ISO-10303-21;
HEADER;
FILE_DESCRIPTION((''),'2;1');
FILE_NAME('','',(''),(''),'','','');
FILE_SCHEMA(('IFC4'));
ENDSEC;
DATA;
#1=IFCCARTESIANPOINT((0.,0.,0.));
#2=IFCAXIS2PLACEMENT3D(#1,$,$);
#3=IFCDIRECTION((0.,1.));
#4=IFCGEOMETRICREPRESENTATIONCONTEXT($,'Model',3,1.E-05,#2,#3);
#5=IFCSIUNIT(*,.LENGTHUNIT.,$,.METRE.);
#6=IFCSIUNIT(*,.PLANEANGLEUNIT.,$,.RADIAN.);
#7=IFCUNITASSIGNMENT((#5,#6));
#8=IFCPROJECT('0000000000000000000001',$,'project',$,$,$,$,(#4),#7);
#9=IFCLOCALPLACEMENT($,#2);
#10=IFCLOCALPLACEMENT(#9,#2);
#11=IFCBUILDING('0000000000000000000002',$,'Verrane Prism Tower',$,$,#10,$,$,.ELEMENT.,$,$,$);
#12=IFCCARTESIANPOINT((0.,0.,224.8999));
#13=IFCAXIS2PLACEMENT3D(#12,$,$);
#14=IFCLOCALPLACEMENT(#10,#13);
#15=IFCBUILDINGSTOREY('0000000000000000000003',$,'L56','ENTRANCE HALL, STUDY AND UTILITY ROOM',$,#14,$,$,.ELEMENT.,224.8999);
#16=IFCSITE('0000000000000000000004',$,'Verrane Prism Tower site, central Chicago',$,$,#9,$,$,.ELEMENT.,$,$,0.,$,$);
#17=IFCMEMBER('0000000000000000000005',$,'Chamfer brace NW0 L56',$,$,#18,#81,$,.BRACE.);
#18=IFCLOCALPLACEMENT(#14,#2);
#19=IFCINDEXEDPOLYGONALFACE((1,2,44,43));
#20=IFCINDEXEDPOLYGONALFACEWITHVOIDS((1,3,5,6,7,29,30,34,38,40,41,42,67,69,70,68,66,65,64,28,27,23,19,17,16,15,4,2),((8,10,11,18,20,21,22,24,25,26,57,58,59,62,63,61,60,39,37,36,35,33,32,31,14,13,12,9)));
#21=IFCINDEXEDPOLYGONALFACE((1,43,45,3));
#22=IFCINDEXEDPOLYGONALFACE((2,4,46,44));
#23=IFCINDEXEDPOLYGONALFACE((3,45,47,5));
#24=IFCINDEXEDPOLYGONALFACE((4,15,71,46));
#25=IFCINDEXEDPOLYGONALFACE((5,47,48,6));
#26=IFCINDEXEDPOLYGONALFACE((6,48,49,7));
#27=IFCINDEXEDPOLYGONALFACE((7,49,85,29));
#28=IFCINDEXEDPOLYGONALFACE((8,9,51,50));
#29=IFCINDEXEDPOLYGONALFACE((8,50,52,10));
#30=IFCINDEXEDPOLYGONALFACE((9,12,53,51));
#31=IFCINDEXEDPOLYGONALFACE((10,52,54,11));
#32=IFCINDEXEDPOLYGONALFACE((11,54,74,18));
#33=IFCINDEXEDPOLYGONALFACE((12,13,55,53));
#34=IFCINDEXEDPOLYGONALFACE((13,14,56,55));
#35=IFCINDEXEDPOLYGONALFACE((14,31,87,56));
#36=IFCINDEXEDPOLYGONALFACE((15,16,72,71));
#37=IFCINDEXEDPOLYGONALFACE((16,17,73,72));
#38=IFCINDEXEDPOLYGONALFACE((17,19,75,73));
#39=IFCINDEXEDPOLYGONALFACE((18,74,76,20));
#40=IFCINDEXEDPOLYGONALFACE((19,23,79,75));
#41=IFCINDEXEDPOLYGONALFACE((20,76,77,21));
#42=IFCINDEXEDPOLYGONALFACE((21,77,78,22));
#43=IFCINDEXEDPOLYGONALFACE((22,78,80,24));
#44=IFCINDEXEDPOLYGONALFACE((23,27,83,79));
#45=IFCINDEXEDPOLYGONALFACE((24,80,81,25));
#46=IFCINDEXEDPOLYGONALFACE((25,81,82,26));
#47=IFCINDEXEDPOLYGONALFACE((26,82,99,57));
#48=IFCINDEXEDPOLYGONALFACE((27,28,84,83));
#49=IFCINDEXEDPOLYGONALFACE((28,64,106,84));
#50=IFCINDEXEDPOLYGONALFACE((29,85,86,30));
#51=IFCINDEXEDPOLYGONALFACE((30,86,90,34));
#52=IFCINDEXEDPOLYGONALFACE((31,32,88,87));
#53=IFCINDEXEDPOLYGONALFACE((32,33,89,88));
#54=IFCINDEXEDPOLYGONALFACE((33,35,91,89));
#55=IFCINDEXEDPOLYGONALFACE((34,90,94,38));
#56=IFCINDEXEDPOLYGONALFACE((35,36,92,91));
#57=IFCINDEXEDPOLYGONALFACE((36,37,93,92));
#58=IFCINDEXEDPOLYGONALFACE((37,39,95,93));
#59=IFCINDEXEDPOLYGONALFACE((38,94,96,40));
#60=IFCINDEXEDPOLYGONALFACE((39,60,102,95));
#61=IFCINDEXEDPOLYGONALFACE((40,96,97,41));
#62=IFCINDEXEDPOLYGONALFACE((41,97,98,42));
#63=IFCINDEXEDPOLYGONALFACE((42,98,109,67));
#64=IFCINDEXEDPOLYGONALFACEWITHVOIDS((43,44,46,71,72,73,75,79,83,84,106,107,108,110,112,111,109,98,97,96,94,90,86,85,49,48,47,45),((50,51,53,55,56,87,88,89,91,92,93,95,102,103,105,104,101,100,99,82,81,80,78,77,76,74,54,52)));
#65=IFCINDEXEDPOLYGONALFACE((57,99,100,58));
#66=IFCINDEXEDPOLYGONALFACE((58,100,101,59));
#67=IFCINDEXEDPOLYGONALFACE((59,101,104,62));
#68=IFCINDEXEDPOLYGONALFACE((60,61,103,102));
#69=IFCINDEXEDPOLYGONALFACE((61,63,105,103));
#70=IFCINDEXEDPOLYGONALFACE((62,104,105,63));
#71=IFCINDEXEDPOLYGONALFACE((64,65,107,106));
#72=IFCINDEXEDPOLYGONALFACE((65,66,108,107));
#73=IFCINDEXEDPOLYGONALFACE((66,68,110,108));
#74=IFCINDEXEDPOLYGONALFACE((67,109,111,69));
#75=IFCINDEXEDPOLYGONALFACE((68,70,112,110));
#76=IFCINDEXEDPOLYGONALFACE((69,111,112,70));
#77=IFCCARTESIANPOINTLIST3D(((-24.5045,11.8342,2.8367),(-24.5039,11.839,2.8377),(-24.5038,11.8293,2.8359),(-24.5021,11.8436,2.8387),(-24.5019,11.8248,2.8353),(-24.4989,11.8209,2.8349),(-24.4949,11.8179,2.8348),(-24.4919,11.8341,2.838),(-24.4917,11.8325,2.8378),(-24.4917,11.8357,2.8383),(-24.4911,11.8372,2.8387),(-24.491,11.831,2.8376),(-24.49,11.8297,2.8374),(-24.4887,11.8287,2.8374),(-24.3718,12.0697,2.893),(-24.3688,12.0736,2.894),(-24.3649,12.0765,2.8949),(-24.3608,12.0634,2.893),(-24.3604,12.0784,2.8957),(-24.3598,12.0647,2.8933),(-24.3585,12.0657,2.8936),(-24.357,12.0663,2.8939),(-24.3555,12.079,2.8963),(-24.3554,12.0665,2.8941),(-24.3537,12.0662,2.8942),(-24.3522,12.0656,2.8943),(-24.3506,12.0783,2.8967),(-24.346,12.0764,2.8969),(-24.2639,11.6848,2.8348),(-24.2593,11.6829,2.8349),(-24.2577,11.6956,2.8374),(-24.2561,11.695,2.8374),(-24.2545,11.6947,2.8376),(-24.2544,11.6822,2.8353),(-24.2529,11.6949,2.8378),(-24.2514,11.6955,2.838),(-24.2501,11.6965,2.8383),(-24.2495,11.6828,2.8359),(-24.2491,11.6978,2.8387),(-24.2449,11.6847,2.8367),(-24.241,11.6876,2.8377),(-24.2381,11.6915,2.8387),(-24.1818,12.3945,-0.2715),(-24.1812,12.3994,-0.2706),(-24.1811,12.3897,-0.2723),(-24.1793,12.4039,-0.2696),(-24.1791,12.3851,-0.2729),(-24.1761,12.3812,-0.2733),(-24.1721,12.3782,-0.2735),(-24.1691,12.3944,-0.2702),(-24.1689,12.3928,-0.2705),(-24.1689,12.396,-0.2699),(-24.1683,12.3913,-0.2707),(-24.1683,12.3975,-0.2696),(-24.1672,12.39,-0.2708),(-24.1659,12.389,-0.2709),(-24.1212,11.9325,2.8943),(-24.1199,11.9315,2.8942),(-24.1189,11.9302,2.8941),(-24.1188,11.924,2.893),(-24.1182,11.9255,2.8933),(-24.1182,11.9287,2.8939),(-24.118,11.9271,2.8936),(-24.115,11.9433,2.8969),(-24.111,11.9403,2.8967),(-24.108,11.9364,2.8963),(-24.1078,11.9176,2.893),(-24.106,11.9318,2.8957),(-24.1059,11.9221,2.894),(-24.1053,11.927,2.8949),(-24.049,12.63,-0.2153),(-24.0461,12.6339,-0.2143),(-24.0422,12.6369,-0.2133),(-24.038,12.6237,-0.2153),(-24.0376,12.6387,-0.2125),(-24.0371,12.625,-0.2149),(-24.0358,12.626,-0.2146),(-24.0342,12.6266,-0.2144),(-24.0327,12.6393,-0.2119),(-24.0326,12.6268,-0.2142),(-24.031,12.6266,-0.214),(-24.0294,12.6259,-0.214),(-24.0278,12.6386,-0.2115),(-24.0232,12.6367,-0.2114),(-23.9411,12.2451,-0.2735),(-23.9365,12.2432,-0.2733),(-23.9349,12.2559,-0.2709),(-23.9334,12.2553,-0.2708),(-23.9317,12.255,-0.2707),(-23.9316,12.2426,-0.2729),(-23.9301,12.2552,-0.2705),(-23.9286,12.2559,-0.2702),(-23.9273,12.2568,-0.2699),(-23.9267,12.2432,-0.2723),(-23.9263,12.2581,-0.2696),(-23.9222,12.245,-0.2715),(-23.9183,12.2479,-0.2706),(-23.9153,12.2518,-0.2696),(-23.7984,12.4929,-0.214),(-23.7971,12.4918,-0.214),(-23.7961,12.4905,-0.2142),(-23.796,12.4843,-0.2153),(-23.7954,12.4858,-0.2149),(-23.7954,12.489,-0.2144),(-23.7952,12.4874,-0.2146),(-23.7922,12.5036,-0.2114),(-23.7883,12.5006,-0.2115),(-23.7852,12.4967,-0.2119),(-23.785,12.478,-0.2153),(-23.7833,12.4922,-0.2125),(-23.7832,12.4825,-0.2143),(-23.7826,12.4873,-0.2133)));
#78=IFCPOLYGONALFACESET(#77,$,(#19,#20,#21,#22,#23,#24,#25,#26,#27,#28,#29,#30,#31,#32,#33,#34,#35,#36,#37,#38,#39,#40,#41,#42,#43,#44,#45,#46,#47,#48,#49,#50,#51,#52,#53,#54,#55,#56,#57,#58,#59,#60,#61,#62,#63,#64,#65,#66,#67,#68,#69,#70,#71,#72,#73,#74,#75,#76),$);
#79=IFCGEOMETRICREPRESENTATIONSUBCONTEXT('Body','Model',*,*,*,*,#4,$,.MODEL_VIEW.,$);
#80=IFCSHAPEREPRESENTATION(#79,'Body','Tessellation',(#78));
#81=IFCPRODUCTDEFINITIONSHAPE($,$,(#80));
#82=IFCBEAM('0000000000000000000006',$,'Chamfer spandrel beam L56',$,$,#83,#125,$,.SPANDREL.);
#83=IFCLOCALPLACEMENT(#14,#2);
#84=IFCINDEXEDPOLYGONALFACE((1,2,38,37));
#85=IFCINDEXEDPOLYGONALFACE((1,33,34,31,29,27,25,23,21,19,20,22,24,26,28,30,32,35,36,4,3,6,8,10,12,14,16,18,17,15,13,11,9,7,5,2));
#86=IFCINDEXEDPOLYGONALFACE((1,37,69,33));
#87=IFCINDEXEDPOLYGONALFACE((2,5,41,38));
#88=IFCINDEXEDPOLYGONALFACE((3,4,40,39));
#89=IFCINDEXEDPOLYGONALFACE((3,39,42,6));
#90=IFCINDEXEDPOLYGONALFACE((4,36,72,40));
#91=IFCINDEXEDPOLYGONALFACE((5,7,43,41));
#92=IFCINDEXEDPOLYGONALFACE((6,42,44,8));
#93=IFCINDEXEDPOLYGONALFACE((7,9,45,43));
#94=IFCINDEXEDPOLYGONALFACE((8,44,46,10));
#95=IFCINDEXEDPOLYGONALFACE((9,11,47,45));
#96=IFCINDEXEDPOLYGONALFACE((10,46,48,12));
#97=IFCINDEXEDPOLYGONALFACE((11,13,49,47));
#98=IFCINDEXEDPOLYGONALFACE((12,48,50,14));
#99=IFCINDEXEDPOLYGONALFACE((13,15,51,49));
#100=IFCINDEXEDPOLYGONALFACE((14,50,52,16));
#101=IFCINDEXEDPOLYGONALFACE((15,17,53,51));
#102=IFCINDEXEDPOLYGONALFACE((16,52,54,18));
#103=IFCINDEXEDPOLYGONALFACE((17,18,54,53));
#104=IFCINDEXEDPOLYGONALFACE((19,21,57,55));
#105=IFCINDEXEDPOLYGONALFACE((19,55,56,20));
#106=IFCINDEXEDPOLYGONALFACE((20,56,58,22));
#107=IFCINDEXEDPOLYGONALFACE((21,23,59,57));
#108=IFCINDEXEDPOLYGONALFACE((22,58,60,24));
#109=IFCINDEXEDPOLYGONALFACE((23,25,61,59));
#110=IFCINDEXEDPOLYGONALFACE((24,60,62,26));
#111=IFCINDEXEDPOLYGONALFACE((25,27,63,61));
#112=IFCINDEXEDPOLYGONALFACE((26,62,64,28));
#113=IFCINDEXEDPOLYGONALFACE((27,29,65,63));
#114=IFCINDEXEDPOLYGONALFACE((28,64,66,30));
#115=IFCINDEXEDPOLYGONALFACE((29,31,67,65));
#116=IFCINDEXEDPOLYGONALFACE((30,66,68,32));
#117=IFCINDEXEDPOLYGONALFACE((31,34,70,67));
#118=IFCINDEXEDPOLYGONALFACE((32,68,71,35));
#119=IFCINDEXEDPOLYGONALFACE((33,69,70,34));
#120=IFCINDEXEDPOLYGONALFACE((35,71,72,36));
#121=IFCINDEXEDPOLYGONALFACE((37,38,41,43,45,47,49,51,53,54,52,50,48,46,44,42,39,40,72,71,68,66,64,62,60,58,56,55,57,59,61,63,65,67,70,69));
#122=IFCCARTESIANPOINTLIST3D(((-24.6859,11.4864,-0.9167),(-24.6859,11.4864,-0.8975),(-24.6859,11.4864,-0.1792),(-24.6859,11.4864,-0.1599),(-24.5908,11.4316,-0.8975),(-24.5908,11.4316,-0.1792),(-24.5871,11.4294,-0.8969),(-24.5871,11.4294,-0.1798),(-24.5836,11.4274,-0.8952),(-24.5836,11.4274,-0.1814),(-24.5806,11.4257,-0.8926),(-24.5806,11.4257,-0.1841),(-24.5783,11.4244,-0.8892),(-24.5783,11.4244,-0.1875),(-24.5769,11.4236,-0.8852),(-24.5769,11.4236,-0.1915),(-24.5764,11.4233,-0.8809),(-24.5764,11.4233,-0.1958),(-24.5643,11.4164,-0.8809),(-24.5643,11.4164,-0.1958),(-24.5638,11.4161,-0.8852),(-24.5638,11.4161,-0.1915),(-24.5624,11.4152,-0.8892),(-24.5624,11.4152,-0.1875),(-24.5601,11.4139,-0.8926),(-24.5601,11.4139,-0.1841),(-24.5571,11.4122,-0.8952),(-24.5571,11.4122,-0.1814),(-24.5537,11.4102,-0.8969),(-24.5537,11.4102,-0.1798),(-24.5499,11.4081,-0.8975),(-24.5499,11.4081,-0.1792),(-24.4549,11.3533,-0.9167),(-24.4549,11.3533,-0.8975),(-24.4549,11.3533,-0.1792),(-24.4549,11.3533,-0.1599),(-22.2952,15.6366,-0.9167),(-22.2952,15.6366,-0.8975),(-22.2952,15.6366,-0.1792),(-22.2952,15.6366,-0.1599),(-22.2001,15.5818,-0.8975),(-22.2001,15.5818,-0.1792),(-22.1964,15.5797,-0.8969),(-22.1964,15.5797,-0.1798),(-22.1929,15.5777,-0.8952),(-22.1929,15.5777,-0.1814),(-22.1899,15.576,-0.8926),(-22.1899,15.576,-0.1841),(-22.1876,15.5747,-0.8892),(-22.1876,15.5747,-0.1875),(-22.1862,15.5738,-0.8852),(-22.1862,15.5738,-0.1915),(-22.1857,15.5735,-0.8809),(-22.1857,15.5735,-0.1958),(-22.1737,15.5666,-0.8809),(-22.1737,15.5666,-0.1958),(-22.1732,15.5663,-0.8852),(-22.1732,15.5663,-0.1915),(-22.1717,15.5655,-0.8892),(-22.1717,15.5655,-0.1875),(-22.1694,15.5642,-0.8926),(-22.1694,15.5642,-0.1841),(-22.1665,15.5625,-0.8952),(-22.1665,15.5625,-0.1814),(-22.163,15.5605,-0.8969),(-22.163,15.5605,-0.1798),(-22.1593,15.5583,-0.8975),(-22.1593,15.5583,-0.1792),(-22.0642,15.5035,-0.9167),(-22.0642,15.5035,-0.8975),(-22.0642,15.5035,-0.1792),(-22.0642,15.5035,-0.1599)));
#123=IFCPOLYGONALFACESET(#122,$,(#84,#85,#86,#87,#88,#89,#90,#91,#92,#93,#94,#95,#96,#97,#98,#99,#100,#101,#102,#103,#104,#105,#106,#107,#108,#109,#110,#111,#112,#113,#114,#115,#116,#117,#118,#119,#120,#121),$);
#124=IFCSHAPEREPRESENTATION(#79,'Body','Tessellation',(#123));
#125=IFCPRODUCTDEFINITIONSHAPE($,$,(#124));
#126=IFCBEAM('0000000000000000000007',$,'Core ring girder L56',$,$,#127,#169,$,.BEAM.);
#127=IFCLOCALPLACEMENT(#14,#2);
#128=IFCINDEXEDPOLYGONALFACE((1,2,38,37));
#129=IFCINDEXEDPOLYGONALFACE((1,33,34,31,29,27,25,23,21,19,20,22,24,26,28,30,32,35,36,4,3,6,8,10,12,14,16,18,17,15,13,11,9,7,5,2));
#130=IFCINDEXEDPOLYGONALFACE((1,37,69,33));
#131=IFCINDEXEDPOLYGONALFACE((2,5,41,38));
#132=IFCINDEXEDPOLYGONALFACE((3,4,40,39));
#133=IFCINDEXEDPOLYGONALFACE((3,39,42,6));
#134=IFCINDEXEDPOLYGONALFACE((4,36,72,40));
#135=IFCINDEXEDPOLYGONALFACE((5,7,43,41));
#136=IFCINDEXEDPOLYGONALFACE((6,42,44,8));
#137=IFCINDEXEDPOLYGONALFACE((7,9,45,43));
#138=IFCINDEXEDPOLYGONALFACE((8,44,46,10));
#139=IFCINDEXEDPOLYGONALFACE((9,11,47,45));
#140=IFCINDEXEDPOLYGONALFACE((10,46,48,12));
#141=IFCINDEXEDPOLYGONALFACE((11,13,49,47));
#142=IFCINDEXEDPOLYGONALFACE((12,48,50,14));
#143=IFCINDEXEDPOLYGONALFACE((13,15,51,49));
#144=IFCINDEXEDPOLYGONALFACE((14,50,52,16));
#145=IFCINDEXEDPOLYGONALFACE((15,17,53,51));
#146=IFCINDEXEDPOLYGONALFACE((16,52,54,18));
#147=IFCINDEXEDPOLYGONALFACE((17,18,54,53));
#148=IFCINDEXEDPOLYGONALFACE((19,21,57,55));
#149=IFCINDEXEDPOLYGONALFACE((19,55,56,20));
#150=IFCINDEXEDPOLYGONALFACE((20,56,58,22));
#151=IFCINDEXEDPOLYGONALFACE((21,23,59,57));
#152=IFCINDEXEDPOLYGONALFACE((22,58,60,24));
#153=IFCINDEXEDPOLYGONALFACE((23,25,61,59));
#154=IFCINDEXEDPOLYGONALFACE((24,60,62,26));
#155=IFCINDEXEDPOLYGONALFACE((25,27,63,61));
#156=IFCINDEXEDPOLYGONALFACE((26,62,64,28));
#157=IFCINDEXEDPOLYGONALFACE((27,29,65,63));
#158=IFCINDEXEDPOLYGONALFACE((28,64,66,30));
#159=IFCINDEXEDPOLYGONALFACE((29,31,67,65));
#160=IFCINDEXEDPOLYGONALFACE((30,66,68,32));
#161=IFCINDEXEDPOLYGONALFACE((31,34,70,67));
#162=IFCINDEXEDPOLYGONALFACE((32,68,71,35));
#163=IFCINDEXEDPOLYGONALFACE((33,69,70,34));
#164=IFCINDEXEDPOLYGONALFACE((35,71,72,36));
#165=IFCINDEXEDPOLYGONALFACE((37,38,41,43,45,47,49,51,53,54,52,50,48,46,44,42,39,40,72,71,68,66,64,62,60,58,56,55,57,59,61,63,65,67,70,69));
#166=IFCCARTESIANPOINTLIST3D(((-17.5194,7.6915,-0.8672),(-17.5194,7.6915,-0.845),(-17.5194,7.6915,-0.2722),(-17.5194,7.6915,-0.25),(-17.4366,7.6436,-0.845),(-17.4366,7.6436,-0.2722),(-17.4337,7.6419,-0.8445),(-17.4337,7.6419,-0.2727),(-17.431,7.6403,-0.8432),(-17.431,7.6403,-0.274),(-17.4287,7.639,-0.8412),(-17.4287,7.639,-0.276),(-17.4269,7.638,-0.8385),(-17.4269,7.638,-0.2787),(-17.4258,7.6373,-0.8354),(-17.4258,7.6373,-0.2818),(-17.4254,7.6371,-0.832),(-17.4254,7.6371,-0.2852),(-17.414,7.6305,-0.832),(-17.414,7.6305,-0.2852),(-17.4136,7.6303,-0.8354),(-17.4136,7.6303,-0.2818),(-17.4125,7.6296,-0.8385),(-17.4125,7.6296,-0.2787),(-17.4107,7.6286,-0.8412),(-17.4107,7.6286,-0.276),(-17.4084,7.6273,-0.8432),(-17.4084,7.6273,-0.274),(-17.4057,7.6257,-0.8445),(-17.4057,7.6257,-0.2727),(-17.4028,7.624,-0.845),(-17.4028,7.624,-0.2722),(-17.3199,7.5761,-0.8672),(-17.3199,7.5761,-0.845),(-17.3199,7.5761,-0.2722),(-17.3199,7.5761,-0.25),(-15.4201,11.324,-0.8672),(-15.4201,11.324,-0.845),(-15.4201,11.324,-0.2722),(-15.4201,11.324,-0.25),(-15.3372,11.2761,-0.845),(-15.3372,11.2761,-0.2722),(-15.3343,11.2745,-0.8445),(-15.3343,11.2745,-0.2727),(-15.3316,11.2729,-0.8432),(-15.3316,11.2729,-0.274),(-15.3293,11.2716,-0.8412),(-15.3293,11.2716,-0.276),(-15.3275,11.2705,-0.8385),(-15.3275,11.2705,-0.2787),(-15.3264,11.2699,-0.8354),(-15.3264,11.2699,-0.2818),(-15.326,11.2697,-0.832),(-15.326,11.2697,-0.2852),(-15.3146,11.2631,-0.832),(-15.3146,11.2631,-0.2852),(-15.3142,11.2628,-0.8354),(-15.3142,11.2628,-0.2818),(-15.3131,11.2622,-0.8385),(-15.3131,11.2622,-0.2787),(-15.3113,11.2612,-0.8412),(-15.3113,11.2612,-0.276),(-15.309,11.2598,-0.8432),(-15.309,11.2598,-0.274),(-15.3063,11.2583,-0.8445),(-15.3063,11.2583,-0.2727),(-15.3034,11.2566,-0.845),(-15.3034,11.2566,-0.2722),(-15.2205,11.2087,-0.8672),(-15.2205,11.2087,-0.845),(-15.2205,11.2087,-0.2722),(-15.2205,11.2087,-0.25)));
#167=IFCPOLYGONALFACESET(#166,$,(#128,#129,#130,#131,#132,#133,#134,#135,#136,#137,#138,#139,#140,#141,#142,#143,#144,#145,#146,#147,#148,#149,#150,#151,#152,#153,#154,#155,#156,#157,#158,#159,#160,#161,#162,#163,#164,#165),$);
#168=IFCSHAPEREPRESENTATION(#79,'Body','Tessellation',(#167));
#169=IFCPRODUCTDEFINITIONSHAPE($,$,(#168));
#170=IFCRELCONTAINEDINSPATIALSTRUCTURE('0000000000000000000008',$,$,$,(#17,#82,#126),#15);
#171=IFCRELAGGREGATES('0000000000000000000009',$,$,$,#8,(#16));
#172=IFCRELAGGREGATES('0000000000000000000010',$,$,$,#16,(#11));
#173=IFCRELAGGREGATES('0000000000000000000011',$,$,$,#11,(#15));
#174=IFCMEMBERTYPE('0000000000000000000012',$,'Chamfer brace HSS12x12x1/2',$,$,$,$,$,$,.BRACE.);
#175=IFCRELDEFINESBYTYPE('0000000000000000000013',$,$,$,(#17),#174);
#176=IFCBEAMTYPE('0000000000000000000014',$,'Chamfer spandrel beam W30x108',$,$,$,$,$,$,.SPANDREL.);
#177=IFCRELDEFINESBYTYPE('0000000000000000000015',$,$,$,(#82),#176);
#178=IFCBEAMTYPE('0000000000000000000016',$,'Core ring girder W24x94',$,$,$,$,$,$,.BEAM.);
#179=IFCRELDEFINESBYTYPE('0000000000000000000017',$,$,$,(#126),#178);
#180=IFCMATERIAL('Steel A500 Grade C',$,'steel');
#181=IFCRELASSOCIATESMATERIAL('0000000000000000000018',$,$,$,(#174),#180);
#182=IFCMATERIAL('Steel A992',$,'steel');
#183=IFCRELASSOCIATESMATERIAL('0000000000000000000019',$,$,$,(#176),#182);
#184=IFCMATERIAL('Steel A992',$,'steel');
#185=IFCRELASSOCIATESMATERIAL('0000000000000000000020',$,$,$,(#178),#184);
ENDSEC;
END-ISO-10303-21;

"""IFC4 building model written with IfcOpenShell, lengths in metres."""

from ifc_helpers import new_model, si_unit, direction, frame, origin, origin_2d, place, context, subcontext, project, spatial, hollow_rectangle, i_section, extrude, material, material_profile, profile_set, type_object, element, save


model = new_model("IFC4")

# Units and contexts
model_context = context("Model", 3, precision=1e-05, world=origin(), true_north=direction((0.0, 1.0)))
body_context = subcontext(model_context, "Body", "Model", "MODEL_VIEW")
ifc_project = project(units=[si_unit("LENGTHUNIT", "METRE"), si_unit("PLANEANGLEUNIT", "RADIAN")], contexts=[model_context])

# Site, building, storey
site_placement = place(None, origin())
site = spatial("IfcSite", under=ifc_project, at=site_placement, Name="Verrane Prism Tower site, central Chicago", CompositionType="ELEMENT", RefElevation=0.0)
building_placement = place(site_placement, origin())
building = spatial("IfcBuilding", under=site, at=building_placement, Name="Verrane Prism Tower", CompositionType="ELEMENT")
storey_placement = place(building_placement, frame((0.0, 0.0, 224.8999)))
storey = spatial("IfcBuildingStorey", under=building, at=storey_placement, Name="L56", Description="ENTRANCE HALL, STUDY AND UTILITY ROOM", CompositionType="ELEMENT", Elevation=224.8999)

# Member
ifc_material_1 = material(Name="Steel A500 Grade C", Category="steel")
ifc_material_profile_1 = material_profile(ifc_material_1, hollow_rectangle(XDim=0.3047, YDim=0.3047, WallThickness=0.0127, InnerFilletRadius=0.0063, OuterFilletRadius=0.019, at=origin_2d()), Name="HSS12x12x1/2")
ifc_profile_set_1 = profile_set([ifc_material_profile_1], Name="Steel A500 Grade C")
member_type_1 = type_object("IfcMemberType", Name="Chamfer brace HSS12x12x1/2", PredefinedType="BRACE", material=ifc_profile_set_1)
member_1_placement = place(storey_placement, frame((-23.9822, 12.4409, -0.2424), z_axis=(-0.101664, -0.17649, 0.979038), x_axis=(0.866519, -0.499145, 0.0)))
element("IfcMember", 1, at=member_1_placement, inside=storey, type_object=member_type_1, Name="Chamfer brace NW0 L56", PredefinedType="BRACE", context=body_context, shape_type="SweptSolid", body=[
    extrude(hollow_rectangle(XDim=0.3047, YDim=0.3047, WallThickness=0.0127, InnerFilletRadius=0.0063, OuterFilletRadius=0.019, at=origin_2d()), origin(), (0.0, 0.0, 1.0), 3.1748),
])

# Beams
ifc_material_2 = material(Name="Steel A992", Category="steel")
ifc_material_profile_2 = material_profile(ifc_material_2, i_section(OverallWidth=0.2666, OverallDepth=0.7568, WebThickness=0.0139, FlangeThickness=0.0193, FilletRadius=0.0166, at=origin_2d()), Name="W30x108")
ifc_profile_set_2 = profile_set([ifc_material_profile_2], Name="Steel A992")
beam_type_1 = type_object("IfcBeamType", Name="Chamfer spandrel beam W30x108", PredefinedType="SPANDREL", material=ifc_profile_set_2)
beam_1_placement = place(storey_placement, frame((-22.1797, 15.5701, -0.5383), z_axis=(-0.499144, -0.866519, 0.0), x_axis=(0.866519, -0.499144, 0.0)))
element("IfcBeam", 2, at=beam_1_placement, inside=storey, type_object=beam_type_1, Name="Chamfer spandrel beam L56", PredefinedType="SPANDREL", context=body_context, shape_type="SweptSolid", body=[
    extrude(i_section(OverallWidth=0.2666, OverallDepth=0.7568, WebThickness=0.0139, FlangeThickness=0.0193, FilletRadius=0.0166, at=origin_2d()), origin(), (0.0, 0.0, 1.0), 4.7896),
])
ifc_material_3 = material(Name="Steel A992", Category="steel")
ifc_material_profile_3 = material_profile(ifc_material_3, i_section(OverallWidth=0.2305, OverallDepth=0.6172, WebThickness=0.0132, FlangeThickness=0.0222, FilletRadius=0.0129, at=origin_2d()), Name="W24x94")
ifc_profile_set_3 = profile_set([ifc_material_profile_3], Name="Steel A992")
beam_type_2 = type_object("IfcBeamType", Name="Core ring girder W24x94", PredefinedType="BEAM", material=ifc_profile_set_3)
beam_2_placement = place(storey_placement, frame((-15.3203, 11.2664, -0.5586), z_axis=(-0.500376, -0.865808, 0.0), x_axis=(0.865808, -0.500376, 0.0)))
element("IfcBeam", 3, at=beam_2_placement, inside=storey, type_object=beam_type_2, Name="Core ring girder L56", PredefinedType="BEAM", context=body_context, shape_type="SweptSolid", body=[
    extrude(i_section(OverallWidth=0.2305, OverallDepth=0.6172, WebThickness=0.0132, FlangeThickness=0.0222, FilletRadius=0.0129, at=origin_2d()), origin(), (0.0, 0.0, 1.0), 4.1956),
])

save(model, "model.ifc")
